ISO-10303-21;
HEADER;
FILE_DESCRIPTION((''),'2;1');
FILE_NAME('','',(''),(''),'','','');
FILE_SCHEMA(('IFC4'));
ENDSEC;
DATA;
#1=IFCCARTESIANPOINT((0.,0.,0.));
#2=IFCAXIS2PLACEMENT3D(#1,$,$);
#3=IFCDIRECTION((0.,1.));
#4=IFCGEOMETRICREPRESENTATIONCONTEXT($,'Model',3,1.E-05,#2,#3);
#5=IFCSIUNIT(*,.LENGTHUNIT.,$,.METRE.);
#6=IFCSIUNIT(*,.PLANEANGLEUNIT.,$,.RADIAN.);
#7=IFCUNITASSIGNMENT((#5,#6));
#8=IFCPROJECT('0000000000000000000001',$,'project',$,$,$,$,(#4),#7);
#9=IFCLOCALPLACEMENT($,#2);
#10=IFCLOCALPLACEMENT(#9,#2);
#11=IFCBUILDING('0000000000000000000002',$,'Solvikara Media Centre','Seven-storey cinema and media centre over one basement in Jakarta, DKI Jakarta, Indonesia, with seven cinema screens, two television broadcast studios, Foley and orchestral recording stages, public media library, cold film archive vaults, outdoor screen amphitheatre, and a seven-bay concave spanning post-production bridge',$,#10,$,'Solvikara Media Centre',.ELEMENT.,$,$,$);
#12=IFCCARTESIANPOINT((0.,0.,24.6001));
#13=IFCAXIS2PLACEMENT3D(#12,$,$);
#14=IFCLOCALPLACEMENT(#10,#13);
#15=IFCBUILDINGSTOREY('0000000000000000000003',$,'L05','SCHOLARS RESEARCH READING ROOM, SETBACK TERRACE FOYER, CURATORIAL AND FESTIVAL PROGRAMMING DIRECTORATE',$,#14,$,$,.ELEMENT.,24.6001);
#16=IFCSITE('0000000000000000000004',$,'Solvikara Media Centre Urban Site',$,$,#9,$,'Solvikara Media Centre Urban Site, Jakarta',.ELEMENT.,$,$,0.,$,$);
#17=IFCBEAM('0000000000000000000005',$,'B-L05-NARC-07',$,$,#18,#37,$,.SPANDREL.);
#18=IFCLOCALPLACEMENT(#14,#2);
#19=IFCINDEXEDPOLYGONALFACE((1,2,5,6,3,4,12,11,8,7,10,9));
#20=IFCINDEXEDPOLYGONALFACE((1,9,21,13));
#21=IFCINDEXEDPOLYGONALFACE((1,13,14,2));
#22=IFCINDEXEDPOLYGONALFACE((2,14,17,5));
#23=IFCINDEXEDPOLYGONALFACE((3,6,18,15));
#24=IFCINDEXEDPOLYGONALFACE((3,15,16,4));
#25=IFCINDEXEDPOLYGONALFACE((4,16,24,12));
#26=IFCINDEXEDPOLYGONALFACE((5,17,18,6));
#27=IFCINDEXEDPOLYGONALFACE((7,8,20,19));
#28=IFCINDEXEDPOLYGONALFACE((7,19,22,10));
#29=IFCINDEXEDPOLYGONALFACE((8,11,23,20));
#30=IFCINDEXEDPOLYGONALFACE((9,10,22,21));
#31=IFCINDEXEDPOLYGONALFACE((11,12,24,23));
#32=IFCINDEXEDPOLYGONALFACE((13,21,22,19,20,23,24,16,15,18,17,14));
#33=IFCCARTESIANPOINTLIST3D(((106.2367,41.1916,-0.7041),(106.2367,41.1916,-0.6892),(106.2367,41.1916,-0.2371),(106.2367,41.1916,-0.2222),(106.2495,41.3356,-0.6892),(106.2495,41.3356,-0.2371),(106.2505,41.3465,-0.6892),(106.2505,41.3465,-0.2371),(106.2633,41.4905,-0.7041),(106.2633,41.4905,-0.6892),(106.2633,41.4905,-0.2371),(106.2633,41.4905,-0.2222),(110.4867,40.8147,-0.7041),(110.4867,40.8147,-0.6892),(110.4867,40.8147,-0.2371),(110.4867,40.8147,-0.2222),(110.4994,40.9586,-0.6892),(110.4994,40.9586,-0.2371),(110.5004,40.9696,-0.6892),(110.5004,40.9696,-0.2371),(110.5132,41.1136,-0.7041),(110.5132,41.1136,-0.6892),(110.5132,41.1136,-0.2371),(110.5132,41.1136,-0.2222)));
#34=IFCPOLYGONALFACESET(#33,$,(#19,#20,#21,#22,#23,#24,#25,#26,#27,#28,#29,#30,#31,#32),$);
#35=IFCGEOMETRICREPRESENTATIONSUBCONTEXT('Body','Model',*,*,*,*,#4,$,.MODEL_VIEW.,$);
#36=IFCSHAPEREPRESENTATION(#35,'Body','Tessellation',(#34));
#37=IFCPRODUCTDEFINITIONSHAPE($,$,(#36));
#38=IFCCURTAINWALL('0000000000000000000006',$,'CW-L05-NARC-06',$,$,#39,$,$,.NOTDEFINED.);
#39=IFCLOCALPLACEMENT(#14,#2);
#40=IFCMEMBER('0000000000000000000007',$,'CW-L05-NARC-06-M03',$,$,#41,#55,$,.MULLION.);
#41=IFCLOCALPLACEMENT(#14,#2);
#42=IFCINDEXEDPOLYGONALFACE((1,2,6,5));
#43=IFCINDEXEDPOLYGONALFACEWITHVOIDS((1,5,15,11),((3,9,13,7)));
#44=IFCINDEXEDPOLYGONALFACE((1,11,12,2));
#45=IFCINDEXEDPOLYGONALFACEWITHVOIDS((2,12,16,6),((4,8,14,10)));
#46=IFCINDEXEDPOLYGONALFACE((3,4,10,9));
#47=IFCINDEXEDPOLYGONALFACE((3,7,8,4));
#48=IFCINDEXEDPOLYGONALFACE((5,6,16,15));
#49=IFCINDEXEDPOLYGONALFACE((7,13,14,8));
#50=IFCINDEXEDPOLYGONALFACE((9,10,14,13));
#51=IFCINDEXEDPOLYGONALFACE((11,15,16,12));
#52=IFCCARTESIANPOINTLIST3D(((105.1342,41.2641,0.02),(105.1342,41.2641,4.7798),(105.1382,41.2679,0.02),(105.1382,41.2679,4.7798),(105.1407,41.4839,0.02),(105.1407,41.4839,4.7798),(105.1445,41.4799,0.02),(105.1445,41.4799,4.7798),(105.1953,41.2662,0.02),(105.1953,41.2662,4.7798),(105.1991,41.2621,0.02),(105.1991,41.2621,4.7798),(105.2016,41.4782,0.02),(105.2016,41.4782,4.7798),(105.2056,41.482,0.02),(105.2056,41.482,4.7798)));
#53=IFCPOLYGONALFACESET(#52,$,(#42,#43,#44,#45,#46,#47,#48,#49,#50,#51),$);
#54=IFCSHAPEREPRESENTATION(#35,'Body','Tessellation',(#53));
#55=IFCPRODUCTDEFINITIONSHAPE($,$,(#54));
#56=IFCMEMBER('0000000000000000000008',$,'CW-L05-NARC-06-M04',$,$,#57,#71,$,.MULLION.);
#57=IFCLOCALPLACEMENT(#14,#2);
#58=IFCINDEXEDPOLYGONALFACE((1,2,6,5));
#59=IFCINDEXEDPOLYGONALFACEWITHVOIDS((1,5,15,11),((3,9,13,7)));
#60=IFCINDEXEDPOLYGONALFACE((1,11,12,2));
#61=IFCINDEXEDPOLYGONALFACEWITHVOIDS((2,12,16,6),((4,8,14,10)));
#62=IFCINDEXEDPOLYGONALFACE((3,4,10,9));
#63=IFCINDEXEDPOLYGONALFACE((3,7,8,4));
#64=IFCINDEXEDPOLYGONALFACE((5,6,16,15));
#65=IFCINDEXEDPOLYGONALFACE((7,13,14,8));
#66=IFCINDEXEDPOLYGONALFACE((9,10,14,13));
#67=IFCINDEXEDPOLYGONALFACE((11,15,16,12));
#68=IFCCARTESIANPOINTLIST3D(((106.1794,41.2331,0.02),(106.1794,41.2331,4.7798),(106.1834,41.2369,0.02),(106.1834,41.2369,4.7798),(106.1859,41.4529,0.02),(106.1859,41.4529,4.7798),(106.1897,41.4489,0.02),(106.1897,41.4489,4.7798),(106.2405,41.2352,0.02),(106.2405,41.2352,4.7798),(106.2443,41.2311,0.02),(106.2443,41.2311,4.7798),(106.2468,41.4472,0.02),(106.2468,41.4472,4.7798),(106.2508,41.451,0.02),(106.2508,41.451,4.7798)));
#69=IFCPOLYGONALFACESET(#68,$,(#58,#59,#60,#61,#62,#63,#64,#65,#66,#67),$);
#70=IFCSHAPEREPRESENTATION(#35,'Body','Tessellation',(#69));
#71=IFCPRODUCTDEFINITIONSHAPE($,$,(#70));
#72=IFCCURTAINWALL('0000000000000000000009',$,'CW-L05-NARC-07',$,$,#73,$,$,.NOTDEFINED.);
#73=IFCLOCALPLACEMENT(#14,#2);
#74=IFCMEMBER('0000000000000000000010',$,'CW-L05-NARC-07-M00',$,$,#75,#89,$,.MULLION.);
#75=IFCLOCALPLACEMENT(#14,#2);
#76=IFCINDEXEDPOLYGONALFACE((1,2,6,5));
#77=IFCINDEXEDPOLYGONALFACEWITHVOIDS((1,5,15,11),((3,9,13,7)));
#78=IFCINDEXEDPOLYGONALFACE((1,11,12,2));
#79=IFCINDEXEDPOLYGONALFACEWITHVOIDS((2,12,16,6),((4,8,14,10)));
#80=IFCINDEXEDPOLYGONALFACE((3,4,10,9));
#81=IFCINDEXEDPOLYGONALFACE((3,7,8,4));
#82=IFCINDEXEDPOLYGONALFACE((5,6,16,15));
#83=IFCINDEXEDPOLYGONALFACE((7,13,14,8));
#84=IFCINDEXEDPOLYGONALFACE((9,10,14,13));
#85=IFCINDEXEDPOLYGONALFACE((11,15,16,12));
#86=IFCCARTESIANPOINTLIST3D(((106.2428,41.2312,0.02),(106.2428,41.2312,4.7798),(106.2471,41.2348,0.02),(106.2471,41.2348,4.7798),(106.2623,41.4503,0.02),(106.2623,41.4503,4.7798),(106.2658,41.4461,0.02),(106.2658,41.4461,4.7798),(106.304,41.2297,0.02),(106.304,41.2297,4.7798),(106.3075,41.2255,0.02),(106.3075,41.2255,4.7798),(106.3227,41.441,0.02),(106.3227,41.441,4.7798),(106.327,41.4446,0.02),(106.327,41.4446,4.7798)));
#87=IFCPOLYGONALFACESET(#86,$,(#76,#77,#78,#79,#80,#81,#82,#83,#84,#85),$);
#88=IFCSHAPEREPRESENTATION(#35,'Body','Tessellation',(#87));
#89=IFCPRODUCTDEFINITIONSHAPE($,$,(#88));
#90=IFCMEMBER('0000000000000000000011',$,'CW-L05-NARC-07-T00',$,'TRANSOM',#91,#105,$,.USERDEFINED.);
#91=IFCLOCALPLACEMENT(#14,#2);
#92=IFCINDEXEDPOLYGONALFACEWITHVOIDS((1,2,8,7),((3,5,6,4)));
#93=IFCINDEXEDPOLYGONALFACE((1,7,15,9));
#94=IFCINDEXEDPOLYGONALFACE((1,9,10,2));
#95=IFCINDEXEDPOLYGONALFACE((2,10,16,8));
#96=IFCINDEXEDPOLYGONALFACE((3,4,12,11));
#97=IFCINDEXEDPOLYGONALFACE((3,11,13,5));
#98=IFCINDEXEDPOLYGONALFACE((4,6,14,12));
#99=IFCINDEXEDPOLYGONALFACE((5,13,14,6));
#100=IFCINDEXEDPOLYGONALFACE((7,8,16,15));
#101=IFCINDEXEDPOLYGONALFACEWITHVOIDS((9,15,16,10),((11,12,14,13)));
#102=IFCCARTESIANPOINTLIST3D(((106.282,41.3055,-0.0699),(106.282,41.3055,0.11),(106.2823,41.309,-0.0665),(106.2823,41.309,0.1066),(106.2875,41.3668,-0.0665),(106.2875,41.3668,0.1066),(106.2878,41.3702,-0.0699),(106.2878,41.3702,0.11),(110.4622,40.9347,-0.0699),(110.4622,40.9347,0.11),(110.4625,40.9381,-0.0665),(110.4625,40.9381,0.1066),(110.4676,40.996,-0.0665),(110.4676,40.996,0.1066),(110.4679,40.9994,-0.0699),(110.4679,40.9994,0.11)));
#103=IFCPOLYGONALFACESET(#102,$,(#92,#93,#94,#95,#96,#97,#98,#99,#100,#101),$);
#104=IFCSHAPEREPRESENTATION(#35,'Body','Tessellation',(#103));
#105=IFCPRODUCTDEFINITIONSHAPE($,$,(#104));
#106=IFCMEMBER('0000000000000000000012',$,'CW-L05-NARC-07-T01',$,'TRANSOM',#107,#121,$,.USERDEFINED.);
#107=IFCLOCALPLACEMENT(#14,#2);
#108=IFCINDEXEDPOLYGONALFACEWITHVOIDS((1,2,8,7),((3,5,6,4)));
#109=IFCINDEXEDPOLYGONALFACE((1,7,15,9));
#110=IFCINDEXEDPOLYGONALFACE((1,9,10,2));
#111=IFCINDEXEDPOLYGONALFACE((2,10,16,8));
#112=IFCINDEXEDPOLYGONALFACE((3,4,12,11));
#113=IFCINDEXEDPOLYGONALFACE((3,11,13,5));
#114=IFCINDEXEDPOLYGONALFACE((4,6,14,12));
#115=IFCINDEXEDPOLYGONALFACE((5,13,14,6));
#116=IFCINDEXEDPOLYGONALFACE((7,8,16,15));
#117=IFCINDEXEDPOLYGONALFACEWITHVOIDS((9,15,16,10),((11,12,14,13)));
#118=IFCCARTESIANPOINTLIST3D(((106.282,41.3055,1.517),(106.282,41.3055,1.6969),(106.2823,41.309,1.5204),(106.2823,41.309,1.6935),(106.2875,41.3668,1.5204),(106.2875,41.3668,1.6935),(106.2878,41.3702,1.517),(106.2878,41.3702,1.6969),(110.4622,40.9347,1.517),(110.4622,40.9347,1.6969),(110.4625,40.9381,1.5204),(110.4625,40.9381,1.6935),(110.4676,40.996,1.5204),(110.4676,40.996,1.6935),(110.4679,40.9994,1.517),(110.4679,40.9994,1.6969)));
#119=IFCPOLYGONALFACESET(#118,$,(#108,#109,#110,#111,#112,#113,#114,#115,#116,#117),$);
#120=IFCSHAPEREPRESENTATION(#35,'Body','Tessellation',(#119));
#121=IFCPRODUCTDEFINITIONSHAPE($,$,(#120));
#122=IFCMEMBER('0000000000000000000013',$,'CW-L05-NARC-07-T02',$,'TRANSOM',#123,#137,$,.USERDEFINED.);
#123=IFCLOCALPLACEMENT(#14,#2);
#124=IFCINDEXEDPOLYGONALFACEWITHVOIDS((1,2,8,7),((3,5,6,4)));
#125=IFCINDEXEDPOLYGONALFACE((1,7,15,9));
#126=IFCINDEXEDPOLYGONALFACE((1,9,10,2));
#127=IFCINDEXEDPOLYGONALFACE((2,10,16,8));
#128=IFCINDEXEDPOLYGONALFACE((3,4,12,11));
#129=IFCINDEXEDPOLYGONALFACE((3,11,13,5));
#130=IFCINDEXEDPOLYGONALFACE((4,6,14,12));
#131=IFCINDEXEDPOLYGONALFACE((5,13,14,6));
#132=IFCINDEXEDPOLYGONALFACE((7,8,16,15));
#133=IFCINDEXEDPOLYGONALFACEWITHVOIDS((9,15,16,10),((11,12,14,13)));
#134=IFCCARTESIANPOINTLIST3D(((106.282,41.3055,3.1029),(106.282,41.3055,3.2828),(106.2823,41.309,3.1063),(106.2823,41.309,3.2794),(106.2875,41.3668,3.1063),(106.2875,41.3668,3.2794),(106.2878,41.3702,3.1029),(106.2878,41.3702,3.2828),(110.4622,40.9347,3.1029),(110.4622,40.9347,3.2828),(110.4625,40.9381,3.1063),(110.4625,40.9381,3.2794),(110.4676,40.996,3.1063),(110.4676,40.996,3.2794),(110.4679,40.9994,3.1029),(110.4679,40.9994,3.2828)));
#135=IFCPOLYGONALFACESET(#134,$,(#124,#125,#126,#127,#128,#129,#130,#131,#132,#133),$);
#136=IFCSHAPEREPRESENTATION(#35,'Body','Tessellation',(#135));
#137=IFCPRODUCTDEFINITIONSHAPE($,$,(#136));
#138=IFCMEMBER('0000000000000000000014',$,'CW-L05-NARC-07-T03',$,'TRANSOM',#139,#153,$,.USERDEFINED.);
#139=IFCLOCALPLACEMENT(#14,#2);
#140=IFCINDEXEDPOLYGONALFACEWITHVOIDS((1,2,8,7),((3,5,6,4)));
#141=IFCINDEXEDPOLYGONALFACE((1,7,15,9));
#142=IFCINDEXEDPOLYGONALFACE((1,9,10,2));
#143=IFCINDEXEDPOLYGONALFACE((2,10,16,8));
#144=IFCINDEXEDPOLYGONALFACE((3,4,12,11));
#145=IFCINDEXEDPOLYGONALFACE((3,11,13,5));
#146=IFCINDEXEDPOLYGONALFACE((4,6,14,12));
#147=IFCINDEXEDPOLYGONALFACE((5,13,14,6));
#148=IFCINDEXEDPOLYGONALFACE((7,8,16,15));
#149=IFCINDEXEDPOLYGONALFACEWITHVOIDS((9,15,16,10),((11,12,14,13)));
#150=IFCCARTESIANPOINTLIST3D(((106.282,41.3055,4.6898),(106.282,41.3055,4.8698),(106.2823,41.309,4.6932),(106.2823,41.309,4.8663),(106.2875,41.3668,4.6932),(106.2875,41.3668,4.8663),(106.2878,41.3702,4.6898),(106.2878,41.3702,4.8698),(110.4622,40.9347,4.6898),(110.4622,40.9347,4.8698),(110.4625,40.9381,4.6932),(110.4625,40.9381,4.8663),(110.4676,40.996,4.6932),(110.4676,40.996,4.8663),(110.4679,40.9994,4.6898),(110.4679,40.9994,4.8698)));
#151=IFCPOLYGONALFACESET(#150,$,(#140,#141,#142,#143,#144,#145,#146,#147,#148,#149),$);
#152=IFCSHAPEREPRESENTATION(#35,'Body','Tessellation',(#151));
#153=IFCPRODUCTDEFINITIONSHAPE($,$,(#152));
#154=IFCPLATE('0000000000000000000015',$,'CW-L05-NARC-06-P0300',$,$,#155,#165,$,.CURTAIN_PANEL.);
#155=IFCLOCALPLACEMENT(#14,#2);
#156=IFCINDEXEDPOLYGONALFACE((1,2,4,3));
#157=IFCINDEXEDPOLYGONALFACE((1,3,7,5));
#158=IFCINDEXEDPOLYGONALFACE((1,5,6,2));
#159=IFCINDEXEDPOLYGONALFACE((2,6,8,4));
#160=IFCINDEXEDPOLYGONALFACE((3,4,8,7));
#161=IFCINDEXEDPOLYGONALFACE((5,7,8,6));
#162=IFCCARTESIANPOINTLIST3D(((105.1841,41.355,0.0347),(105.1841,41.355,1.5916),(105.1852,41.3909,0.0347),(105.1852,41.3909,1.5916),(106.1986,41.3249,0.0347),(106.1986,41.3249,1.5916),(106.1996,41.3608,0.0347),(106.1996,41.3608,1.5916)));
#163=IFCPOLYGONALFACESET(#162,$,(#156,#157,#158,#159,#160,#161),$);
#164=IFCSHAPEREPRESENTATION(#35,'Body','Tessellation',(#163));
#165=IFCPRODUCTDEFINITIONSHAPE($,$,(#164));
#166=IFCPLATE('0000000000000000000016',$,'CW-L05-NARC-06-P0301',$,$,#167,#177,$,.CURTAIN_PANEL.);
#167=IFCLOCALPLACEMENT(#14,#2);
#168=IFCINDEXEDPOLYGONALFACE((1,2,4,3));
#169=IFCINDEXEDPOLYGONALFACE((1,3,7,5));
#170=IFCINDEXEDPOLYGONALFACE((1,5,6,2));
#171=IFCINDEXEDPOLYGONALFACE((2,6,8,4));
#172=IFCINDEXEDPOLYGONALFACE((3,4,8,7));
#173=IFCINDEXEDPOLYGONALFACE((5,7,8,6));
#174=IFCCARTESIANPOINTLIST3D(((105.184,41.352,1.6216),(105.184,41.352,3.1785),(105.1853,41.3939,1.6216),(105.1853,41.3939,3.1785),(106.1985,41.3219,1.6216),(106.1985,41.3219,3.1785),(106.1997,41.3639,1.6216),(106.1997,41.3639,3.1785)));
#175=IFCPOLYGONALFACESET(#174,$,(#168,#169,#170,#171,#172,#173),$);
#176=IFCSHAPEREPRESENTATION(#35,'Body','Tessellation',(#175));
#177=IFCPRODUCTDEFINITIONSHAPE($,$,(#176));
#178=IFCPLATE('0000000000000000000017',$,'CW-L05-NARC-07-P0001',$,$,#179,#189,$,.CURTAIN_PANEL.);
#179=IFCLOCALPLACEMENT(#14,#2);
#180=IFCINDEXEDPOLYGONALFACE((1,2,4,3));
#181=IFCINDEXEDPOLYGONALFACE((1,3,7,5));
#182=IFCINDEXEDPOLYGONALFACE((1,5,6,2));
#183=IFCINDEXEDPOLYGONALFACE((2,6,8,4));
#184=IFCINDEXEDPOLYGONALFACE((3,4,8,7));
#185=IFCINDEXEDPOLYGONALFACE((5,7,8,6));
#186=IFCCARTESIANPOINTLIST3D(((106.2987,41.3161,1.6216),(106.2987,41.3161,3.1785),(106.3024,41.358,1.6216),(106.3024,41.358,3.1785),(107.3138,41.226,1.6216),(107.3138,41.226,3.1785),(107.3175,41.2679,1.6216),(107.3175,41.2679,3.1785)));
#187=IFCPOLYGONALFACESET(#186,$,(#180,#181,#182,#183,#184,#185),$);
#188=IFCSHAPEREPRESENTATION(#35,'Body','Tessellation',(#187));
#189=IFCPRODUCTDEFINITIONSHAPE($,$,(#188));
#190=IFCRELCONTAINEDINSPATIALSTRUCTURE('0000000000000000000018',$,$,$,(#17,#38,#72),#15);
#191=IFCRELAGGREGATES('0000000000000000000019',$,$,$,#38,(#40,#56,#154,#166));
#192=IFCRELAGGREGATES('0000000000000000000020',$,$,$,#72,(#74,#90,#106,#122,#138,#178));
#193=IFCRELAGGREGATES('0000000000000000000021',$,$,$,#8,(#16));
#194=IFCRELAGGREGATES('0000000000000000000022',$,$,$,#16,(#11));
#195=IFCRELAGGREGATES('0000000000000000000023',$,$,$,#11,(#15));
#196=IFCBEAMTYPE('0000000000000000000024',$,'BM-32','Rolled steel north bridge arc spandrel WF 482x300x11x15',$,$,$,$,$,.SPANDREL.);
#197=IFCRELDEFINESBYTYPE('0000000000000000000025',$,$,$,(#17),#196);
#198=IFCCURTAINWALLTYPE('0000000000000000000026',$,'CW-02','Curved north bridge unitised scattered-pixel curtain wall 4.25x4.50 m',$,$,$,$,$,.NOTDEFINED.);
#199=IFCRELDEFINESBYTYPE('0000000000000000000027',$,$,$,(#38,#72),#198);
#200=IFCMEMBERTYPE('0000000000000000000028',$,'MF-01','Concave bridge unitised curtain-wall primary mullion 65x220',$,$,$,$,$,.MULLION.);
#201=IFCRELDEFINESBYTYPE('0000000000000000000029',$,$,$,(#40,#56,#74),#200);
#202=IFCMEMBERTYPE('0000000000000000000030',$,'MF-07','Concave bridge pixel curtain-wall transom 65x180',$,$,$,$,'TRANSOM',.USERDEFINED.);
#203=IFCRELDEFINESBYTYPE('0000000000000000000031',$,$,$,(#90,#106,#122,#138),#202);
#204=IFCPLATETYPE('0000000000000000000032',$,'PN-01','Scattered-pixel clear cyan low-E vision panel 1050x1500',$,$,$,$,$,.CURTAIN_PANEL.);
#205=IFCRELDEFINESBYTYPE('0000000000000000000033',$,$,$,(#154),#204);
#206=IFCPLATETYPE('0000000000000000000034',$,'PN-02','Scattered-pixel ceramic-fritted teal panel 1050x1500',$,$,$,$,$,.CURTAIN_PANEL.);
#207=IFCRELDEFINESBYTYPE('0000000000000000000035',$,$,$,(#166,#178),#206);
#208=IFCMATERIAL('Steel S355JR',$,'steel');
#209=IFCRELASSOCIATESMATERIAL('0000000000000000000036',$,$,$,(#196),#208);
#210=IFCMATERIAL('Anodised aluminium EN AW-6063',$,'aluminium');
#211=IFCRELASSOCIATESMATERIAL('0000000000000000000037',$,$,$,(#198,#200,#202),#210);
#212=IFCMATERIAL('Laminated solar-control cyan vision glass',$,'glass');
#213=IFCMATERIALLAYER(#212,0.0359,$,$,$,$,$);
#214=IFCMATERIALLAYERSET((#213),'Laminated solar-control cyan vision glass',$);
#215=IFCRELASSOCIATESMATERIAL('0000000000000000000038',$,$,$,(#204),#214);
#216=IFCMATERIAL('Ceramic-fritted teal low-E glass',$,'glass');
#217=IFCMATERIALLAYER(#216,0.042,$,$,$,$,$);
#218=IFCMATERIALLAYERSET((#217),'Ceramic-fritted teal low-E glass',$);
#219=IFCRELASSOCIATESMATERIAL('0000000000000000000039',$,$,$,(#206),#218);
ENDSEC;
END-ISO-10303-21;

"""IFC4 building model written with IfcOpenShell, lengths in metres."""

from ifc_helpers import new_model, si_unit, direction, frame, origin, origin_2d, place, context, subcontext, project, spatial, rectangle, hollow_rectangle, i_section, extrude, material, layer, layer_set, material_profile, profile_set, type_object, element, aggregate, save


model = new_model("IFC4")

# Units and contexts
model_context = context("Model", 3, precision=1e-05, world=origin(), true_north=direction((0.0, 1.0)))
body_context = subcontext(model_context, "Body", "Model", "MODEL_VIEW")
ifc_project = project(units=[si_unit("LENGTHUNIT", "METRE"), si_unit("PLANEANGLEUNIT", "RADIAN")], contexts=[model_context])

# Site, building, storey
site_placement = place(None, origin())
site = spatial("IfcSite", under=ifc_project, at=site_placement, Name="Solvikara Media Centre Urban Site", LongName="Solvikara Media Centre Urban Site, Jakarta", CompositionType="ELEMENT", RefElevation=0.0)
building_placement = place(site_placement, origin())
building = spatial("IfcBuilding", under=site, at=building_placement, Name="Solvikara Media Centre", Description="Seven-storey cinema and media centre over one basement in Jakarta, DKI Jakarta, Indonesia, with seven cinema screens, two television broadcast studios, Foley and orchestral recording stages, public media library, cold film archive vaults, outdoor screen amphitheatre, and a seven-bay concave spanning post-production bridge", LongName="Solvikara Media Centre", CompositionType="ELEMENT")
storey_placement = place(building_placement, frame((0.0, 0.0, 24.6001)))
storey = spatial("IfcBuildingStorey", under=building, at=storey_placement, Name="L05", Description="SCHOLARS RESEARCH READING ROOM, SETBACK TERRACE FOYER, CURATORIAL AND FESTIVAL PROGRAMMING DIRECTORATE", CompositionType="ELEMENT", Elevation=24.6001)

# Beam
ifc_material_1 = material(Name="Steel S355JR", Category="steel")
ifc_material_profile_1 = material_profile(ifc_material_1, i_section(OverallWidth=0.3, OverallDepth=0.4819, WebThickness=0.011, FlangeThickness=0.0149, at=origin_2d()), Name="WF 482x300x11x15")
ifc_profile_set_1 = profile_set([ifc_material_profile_1], Name="Steel S355JR")
beam_type = type_object("IfcBeamType", Name="BM-32", Description="Rolled steel north bridge arc spandrel WF 482x300x11x15", PredefinedType="SPANDREL", material=ifc_profile_set_1)
beam_placement = place(storey_placement, frame((106.25, 41.3411, -0.4631), z_axis=(0.99609, -0.088348, 0.0), x_axis=(0.088348, 0.99609, 0.0)))
element("IfcBeam", 1, at=beam_placement, inside=storey, type_object=beam_type, Name="B-L05-NARC-07", PredefinedType="SPANDREL", context=body_context, shape_type="SweptSolid", body=[
    extrude(i_section(OverallWidth=0.3, OverallDepth=0.4819, WebThickness=0.011, FlangeThickness=0.0149, at=origin_2d()), origin(), (0.0, 0.0, 1.0), 4.2666),
])

# Curtain walls, members
ifc_material_2 = material(Name="Anodised aluminium EN AW-6063", Category="aluminium")
curtain_wall_type = type_object("IfcCurtainWallType", Name="CW-02", Description="Curved north bridge unitised scattered-pixel curtain wall 4.25x4.50 m", PredefinedType="NOTDEFINED", material=ifc_material_2)
curtain_wall_1_placement = place(storey_placement, origin())
curtain_wall_1 = element("IfcCurtainWall", 2, at=curtain_wall_1_placement, inside=storey, type_object=curtain_wall_type, Name="CW-L05-NARC-06", PredefinedType="NOTDEFINED")
ifc_material_profile_2 = material_profile(ifc_material_2, hollow_rectangle(XDim=0.0649, YDim=0.22, WallThickness=0.0039, at=origin_2d()), Name="ALU-M 65x220x4")
ifc_profile_set_2 = profile_set([ifc_material_profile_2], Name="Anodised aluminium EN AW-6063")
member_type_1 = type_object("IfcMemberType", Name="MF-01", Description="Concave bridge unitised curtain-wall primary mullion 65x220", PredefinedType="MULLION", material=ifc_profile_set_2)
member_1_placement = place(storey_placement, frame((105.1699, 41.373, 0.02), z_axis=(0.0, 0.0, 1.0), x_axis=(0.99956, -0.029649, 0.0)))
member_1 = element("IfcMember", 3, at=member_1_placement, type_object=member_type_1, Name="CW-L05-NARC-06-M03", PredefinedType="MULLION", context=body_context, shape_type="SweptSolid", body=[
    extrude(hollow_rectangle(XDim=0.0649, YDim=0.22, WallThickness=0.0039, at=origin_2d()), origin(), (0.0, 0.0, 1.0), 4.7598),
])
member_2_placement = place(storey_placement, frame((106.2151, 41.342, 0.02), z_axis=(0.0, 0.0, 1.0), x_axis=(0.99956, -0.029649, 0.0)))
member_2 = element("IfcMember", 4, at=member_2_placement, type_object=member_type_1, Name="CW-L05-NARC-06-M04", PredefinedType="MULLION", context=body_context, shape_type="SweptSolid", body=[
    extrude(hollow_rectangle(XDim=0.0649, YDim=0.22, WallThickness=0.0039, at=origin_2d()), origin(), (0.0, 0.0, 1.0), 4.7598),
])
curtain_wall_2_placement = place(storey_placement, origin())
curtain_wall_2 = element("IfcCurtainWall", 5, at=curtain_wall_2_placement, inside=storey, type_object=curtain_wall_type, Name="CW-L05-NARC-07", PredefinedType="NOTDEFINED")
member_3_placement = place(storey_placement, frame((106.2849, 41.3379, 0.02), z_axis=(0.0, 0.0, 1.0), x_axis=(0.996084, -0.088408, 0.0)))
member_3 = element("IfcMember", 6, at=member_3_placement, type_object=member_type_1, Name="CW-L05-NARC-07-M00", PredefinedType="MULLION", context=body_context, shape_type="SweptSolid", body=[
    extrude(hollow_rectangle(XDim=0.0649, YDim=0.22, WallThickness=0.0039, at=origin_2d()), origin(), (0.0, 0.0, 1.0), 4.7598),
])
ifc_material_profile_3 = material_profile(ifc_material_2, hollow_rectangle(XDim=0.0649, YDim=0.1799, WallThickness=0.0034, at=origin_2d()), Name="ALU-T 65x180x3.5")
ifc_profile_set_3 = profile_set([ifc_material_profile_3], Name="Anodised aluminium EN AW-6063")
member_type_2 = type_object("IfcMemberType", Name="MF-07", Description="Concave bridge pixel curtain-wall transom 65x180", ElementType="TRANSOM", PredefinedType="USERDEFINED", material=ifc_profile_set_3)
member_4_placement = place(storey_placement, frame((106.2849, 41.3379, 0.02), z_axis=(0.996088, -0.088369, 0.0), x_axis=(0.088369, 0.996088, 0.0)))
member_4 = element("IfcMember", 7, at=member_4_placement, type_object=member_type_2, Name="CW-L05-NARC-07-T00", ObjectType="TRANSOM", PredefinedType="USERDEFINED", context=body_context, shape_type="SweptSolid", body=[
    extrude(hollow_rectangle(XDim=0.0649, YDim=0.1799, WallThickness=0.0034, at=origin_2d()), origin(), (0.0, 0.0, 1.0), 4.1965),
])
member_5_placement = place(storey_placement, frame((106.2849, 41.3379, 1.6069), z_axis=(0.996088, -0.088369, 0.0), x_axis=(0.088369, 0.996088, 0.0)))
member_5 = element("IfcMember", 8, at=member_5_placement, type_object=member_type_2, Name="CW-L05-NARC-07-T01", ObjectType="TRANSOM", PredefinedType="USERDEFINED", context=body_context, shape_type="SweptSolid", body=[
    extrude(hollow_rectangle(XDim=0.0649, YDim=0.1799, WallThickness=0.0034, at=origin_2d()), origin(), (0.0, 0.0, 1.0), 4.1965),
])
member_6_placement = place(storey_placement, frame((106.2849, 41.3379, 3.1929), z_axis=(0.996088, -0.088369, 0.0), x_axis=(0.088369, 0.996088, 0.0)))
member_6 = element("IfcMember", 9, at=member_6_placement, type_object=member_type_2, Name="CW-L05-NARC-07-T02", ObjectType="TRANSOM", PredefinedType="USERDEFINED", context=body_context, shape_type="SweptSolid", body=[
    extrude(hollow_rectangle(XDim=0.0649, YDim=0.1799, WallThickness=0.0034, at=origin_2d()), origin(), (0.0, 0.0, 1.0), 4.1965),
])
member_7_placement = place(storey_placement, frame((106.2849, 41.3379, 4.7798), z_axis=(0.996088, -0.088369, 0.0), x_axis=(0.088369, 0.996088, 0.0)))
member_7 = element("IfcMember", 10, at=member_7_placement, type_object=member_type_2, Name="CW-L05-NARC-07-T03", ObjectType="TRANSOM", PredefinedType="USERDEFINED", context=body_context, shape_type="SweptSolid", body=[
    extrude(hollow_rectangle(XDim=0.0649, YDim=0.1799, WallThickness=0.0034, at=origin_2d()), origin(), (0.0, 0.0, 1.0), 4.1965),
])

# Plates
ifc_material_3 = material(Name="Laminated solar-control cyan vision glass", Category="glass")
ifc_layer_1 = layer(ifc_material_3, 0.0359)
ifc_layer_set_1 = layer_set([ifc_layer_1], Name="Laminated solar-control cyan vision glass")
plate_type_1 = type_object("IfcPlateType", Name="PN-01", Description="Scattered-pixel clear cyan low-E vision panel 1050x1500", PredefinedType="CURTAIN_PANEL", material=ifc_layer_set_1)
plate_1_placement = place(storey_placement, frame((105.6919, 41.3579, 0.0347), z_axis=(0.0, 0.0, 1.0), x_axis=(0.99956, -0.029649, 0.0)))
plate_1 = element("IfcPlate", 11, at=plate_1_placement, type_object=plate_type_1, Name="CW-L05-NARC-06-P0300", PredefinedType="CURTAIN_PANEL", context=body_context, shape_type="SweptSolid", body=[
    extrude(rectangle(XDim=1.0149, YDim=0.0359, at=origin_2d()), origin(), (0.0, 0.0, 1.0), 1.5569),
])
ifc_material_4 = material(Name="Ceramic-fritted teal low-E glass", Category="glass")
ifc_layer_2 = layer(ifc_material_4, 0.042)
ifc_layer_set_2 = layer_set([ifc_layer_2], Name="Ceramic-fritted teal low-E glass")
plate_type_2 = type_object("IfcPlateType", Name="PN-02", Description="Scattered-pixel ceramic-fritted teal panel 1050x1500", PredefinedType="CURTAIN_PANEL", material=ifc_layer_set_2)
plate_2_placement = place(storey_placement, frame((105.6919, 41.3579, 1.6216), z_axis=(0.0, 0.0, 1.0), x_axis=(0.99956, -0.029649, 0.0)))
plate_2 = element("IfcPlate", 12, at=plate_2_placement, type_object=plate_type_2, Name="CW-L05-NARC-06-P0301", PredefinedType="CURTAIN_PANEL", context=body_context, shape_type="SweptSolid", body=[
    extrude(rectangle(XDim=1.0149, YDim=0.042, at=origin_2d()), origin(), (0.0, 0.0, 1.0), 1.5569),
])
plate_3_placement = place(storey_placement, frame((106.8081, 41.292, 1.6216), z_axis=(0.0, 0.0, 1.0), x_axis=(0.996084, -0.088408, 0.0)))
plate_3 = element("IfcPlate", 13, at=plate_3_placement, type_object=plate_type_2, Name="CW-L05-NARC-07-P0001", PredefinedType="CURTAIN_PANEL", context=body_context, shape_type="SweptSolid", body=[
    extrude(rectangle(XDim=1.019, YDim=0.042, at=origin_2d()), origin(), (0.0, 0.0, 1.0), 1.5569),
])
aggregate(curtain_wall_1, [member_1, member_2, plate_1, plate_2])
aggregate(curtain_wall_2, [member_3, member_4, member_5, member_6, member_7, plate_3])

save(model, "model.ifc")
